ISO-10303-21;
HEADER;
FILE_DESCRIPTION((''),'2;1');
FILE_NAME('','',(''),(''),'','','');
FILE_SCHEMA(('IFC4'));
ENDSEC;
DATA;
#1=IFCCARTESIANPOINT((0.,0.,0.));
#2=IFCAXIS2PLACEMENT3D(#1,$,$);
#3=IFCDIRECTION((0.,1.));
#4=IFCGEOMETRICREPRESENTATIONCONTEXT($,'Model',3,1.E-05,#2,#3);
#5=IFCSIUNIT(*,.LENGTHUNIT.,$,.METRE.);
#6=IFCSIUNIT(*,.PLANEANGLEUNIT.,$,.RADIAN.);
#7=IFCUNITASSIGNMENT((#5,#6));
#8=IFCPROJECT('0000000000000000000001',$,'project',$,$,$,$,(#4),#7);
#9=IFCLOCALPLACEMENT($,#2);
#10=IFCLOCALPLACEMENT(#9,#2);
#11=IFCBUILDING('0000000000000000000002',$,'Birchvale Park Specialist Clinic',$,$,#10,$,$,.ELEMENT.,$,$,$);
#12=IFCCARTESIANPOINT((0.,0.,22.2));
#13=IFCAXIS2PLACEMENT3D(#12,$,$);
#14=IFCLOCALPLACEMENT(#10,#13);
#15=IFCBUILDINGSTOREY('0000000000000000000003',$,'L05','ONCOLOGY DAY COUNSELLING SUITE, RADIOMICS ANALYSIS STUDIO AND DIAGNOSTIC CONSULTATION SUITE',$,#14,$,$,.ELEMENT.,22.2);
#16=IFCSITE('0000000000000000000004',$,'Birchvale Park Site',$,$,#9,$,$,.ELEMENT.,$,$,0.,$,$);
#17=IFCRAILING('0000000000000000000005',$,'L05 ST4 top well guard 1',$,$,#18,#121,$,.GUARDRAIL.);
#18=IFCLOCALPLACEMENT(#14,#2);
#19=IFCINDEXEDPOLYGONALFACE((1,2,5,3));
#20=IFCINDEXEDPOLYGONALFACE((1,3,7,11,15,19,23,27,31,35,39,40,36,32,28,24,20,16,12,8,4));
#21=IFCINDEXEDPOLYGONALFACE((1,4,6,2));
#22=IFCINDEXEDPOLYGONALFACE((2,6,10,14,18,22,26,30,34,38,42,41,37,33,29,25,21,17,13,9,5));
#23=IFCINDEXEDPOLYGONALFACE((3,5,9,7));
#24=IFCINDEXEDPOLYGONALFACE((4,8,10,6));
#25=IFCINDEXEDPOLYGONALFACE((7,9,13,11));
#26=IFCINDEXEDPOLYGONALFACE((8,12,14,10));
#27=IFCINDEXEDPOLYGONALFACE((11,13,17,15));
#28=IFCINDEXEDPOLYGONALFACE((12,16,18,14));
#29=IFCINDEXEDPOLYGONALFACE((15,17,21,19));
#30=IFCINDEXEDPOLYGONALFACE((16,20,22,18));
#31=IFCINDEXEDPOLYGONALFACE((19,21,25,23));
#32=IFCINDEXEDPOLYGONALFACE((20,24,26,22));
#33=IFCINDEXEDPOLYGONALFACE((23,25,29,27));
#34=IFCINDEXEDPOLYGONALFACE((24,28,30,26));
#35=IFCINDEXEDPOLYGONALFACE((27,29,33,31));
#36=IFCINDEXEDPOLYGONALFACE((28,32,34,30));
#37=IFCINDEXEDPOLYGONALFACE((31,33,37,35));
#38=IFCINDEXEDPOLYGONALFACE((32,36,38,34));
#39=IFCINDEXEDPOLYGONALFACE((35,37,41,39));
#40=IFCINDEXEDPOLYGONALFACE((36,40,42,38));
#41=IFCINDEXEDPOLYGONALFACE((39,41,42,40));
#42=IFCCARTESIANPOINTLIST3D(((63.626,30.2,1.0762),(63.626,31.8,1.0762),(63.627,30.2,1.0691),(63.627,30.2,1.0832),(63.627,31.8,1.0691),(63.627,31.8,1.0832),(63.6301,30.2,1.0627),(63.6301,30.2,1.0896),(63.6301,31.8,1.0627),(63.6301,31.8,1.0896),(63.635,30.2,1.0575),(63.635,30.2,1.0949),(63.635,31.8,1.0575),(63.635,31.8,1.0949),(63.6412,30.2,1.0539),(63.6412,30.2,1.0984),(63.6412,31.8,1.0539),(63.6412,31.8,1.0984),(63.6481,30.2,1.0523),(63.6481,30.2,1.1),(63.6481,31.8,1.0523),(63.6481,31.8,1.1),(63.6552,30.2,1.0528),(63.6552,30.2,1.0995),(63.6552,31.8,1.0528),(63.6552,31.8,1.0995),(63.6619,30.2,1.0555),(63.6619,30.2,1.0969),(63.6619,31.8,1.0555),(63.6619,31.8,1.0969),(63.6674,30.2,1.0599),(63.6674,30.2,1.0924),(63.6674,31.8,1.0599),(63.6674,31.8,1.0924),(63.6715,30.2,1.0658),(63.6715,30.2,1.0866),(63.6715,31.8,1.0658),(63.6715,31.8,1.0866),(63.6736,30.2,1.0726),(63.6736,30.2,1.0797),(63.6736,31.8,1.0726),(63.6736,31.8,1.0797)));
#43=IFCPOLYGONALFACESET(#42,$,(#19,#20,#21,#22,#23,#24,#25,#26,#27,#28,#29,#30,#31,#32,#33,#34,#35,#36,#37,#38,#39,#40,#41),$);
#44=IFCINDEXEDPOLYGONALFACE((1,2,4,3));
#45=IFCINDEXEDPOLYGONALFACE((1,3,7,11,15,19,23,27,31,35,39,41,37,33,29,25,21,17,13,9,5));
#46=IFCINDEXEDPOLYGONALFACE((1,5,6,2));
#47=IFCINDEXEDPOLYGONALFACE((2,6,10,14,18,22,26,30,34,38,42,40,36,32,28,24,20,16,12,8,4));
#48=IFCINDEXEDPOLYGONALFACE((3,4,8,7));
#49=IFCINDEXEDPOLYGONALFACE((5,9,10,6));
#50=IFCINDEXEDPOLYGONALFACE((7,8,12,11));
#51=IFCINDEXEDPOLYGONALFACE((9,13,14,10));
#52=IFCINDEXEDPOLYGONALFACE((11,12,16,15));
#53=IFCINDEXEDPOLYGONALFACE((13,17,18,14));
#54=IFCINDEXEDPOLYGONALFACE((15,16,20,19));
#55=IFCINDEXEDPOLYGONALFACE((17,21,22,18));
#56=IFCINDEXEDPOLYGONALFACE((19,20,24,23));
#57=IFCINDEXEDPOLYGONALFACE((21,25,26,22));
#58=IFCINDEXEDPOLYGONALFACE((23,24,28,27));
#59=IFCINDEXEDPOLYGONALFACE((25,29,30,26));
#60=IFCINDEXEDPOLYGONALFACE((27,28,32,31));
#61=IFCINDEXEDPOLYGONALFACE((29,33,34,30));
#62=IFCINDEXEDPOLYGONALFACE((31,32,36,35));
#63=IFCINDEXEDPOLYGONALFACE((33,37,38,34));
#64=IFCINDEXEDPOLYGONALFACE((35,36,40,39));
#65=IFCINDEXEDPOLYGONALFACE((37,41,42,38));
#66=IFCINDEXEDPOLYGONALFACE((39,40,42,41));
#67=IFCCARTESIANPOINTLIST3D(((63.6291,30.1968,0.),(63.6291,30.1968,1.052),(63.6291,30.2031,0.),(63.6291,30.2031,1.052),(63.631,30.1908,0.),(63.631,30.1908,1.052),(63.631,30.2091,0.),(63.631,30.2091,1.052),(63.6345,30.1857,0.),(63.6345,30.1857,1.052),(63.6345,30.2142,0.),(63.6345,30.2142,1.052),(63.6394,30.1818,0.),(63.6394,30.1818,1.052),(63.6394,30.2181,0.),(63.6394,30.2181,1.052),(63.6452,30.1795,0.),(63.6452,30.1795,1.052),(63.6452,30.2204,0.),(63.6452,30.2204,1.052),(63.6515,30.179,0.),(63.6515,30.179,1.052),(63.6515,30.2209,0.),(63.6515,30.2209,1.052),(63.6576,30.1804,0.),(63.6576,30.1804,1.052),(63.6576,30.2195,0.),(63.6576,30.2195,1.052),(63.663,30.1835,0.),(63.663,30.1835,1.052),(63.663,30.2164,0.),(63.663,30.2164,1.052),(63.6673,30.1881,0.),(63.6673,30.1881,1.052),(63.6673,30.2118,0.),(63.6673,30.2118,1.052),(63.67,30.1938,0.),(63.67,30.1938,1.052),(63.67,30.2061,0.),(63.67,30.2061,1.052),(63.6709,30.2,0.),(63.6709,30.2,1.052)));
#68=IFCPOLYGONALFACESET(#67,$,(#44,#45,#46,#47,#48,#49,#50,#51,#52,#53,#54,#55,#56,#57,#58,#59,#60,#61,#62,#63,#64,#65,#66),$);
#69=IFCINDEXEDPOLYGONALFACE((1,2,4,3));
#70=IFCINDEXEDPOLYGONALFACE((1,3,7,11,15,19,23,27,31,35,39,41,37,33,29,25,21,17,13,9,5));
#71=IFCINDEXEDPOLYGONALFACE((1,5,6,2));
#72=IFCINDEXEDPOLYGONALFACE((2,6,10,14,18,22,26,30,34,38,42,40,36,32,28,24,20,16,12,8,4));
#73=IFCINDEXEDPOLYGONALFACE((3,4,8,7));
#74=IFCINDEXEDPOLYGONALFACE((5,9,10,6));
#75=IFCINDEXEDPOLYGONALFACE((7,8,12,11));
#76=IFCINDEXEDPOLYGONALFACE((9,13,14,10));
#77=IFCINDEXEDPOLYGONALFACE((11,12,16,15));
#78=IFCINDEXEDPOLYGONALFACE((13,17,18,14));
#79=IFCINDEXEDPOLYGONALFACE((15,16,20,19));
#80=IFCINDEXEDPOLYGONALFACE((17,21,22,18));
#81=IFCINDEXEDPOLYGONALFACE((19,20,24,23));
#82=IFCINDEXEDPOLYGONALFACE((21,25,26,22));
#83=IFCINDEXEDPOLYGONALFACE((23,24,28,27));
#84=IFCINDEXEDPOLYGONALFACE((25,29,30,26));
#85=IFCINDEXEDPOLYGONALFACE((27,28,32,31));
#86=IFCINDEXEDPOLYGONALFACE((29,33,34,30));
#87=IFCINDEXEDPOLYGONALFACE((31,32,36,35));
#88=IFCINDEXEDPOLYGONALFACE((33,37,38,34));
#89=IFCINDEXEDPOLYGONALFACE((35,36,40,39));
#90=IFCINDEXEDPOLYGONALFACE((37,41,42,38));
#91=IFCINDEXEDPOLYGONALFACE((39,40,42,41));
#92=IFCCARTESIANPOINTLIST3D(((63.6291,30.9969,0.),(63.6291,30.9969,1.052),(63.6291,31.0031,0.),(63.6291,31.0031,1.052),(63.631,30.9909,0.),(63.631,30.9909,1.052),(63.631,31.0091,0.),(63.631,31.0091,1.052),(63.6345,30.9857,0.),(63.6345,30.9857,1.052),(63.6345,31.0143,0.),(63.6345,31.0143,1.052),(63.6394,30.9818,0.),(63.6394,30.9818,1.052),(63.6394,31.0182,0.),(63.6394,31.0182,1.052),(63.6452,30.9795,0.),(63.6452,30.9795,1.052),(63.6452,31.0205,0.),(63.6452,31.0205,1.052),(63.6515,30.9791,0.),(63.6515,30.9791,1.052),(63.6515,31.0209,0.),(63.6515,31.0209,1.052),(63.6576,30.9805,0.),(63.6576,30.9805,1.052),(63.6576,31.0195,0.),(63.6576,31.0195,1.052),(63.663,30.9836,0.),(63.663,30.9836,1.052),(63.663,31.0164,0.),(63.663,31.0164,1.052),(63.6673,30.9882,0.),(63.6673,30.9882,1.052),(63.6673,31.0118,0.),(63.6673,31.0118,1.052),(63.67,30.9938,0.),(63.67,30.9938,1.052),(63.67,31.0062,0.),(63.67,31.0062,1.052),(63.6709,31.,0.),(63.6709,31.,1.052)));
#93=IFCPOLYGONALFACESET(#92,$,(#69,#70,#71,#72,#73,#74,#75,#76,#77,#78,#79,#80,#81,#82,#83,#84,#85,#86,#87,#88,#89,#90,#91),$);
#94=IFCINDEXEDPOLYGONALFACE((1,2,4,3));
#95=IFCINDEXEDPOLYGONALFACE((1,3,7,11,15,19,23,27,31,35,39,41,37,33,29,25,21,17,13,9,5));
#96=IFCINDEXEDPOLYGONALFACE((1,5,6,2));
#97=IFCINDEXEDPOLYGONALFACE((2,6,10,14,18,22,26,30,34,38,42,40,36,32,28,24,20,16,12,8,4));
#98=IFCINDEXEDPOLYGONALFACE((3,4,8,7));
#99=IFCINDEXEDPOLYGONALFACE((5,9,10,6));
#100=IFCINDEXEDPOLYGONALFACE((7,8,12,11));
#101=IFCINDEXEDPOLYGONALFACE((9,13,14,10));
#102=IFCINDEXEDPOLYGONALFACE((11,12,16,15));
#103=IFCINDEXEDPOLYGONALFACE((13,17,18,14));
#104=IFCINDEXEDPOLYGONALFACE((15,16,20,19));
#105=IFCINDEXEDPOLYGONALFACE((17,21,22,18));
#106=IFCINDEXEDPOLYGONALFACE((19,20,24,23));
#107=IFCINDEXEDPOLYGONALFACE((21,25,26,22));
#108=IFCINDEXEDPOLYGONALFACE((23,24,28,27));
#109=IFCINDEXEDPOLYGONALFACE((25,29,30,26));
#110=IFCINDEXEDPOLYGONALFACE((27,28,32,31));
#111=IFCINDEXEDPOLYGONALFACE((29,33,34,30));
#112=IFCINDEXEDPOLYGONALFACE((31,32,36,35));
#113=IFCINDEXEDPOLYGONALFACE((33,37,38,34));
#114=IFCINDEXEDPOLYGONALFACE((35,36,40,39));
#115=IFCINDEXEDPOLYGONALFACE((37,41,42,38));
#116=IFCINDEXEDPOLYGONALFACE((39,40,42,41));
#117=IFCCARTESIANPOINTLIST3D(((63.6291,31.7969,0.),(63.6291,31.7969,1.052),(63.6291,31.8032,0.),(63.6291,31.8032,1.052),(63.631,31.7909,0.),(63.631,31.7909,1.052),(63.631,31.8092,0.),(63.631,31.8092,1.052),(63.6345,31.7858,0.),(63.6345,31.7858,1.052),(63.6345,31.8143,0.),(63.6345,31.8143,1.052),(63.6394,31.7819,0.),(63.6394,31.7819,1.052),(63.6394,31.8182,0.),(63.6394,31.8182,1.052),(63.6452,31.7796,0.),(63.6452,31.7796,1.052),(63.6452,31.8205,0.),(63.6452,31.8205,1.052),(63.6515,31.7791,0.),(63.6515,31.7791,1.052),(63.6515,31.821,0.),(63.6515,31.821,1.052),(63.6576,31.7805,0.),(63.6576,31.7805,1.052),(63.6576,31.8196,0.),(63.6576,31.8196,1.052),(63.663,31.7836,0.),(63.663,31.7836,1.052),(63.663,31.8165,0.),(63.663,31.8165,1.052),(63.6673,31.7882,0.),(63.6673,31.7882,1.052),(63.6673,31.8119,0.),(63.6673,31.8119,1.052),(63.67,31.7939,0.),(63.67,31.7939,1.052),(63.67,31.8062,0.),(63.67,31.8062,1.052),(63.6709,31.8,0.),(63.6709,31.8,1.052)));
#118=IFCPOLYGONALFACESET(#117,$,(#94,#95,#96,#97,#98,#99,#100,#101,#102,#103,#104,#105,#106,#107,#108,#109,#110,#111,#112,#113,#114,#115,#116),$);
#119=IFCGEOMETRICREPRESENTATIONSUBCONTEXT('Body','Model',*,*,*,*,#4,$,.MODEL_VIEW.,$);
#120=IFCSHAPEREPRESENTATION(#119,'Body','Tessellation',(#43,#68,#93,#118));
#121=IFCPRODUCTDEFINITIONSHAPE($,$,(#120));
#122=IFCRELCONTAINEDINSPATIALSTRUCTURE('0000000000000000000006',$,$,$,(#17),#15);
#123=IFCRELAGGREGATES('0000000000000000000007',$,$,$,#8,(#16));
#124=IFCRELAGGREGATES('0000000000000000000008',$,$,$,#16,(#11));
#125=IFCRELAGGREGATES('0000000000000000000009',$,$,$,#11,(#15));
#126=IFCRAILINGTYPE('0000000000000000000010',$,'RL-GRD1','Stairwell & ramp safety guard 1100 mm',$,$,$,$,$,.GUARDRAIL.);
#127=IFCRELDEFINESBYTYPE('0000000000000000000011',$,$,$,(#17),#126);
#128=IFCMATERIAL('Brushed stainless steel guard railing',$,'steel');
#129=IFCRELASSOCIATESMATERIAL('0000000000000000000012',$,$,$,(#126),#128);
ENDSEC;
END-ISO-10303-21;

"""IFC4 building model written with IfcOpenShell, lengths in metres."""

from ifc_helpers import new_model, si_unit, direction, frame, origin, origin_2d, place, context, subcontext, project, spatial, circle, extrude, material, type_object, element, save


model = new_model("IFC4")

# Units and contexts
model_context = context("Model", 3, precision=1e-05, world=origin(), true_north=direction((0.0, 1.0)))
body_context = subcontext(model_context, "Body", "Model", "MODEL_VIEW")
ifc_project = project(units=[si_unit("LENGTHUNIT", "METRE"), si_unit("PLANEANGLEUNIT", "RADIAN")], contexts=[model_context])

# Site, building, storey
site_placement = place(None, origin())
site = spatial("IfcSite", under=ifc_project, at=site_placement, Name="Birchvale Park Site", CompositionType="ELEMENT", RefElevation=0.0)
building_placement = place(site_placement, origin())
building = spatial("IfcBuilding", under=site, at=building_placement, Name="Birchvale Park Specialist Clinic", CompositionType="ELEMENT")
storey_placement = place(building_placement, frame((0.0, 0.0, 22.2)))
storey = spatial("IfcBuildingStorey", under=building, at=storey_placement, Name="L05", Description="ONCOLOGY DAY COUNSELLING SUITE, RADIOMICS ANALYSIS STUDIO AND DIAGNOSTIC CONSULTATION SUITE", CompositionType="ELEMENT", Elevation=22.2)

# Railing
ifc_material_1 = material(Name="Brushed stainless steel guard railing", Category="steel")
railing_type_1 = type_object("IfcRailingType", Name="RL-GRD1", Description="Stairwell & ramp safety guard 1100 mm", PredefinedType="GUARDRAIL", material=ifc_material_1)
railing_1_placement = place(storey_placement, frame((63.6499, 30.2, 0.0)))
element("IfcRailing", 1, at=railing_1_placement, inside=storey, type_object=railing_type_1, Name="L05 ST4 top well guard 1", PredefinedType="GUARDRAIL", context=body_context, shape_type="SweptSolid", body=[
    extrude(circle(Radius=0.0239, at=origin_2d()), frame((0.0, 0.0, 1.0762), z_axis=(0.0, 1.0, 0.0), x_axis=(-1.0, 0.0, 0.0)), (0.0, 0.0, 1.0), 1.6001),
    extrude(circle(Radius=0.021, at=origin_2d()), origin(), (0.0, 0.0, 1.0), 1.052),
    extrude(circle(Radius=0.021, at=origin_2d()), frame((0.0, 0.8, 0.0)), (0.0, 0.0, 1.0), 1.052),
    extrude(circle(Radius=0.021, at=origin_2d()), frame((0.0, 1.6001, 0.0)), (0.0, 0.0, 1.0), 1.052),
])

save(model, "model.ifc")
